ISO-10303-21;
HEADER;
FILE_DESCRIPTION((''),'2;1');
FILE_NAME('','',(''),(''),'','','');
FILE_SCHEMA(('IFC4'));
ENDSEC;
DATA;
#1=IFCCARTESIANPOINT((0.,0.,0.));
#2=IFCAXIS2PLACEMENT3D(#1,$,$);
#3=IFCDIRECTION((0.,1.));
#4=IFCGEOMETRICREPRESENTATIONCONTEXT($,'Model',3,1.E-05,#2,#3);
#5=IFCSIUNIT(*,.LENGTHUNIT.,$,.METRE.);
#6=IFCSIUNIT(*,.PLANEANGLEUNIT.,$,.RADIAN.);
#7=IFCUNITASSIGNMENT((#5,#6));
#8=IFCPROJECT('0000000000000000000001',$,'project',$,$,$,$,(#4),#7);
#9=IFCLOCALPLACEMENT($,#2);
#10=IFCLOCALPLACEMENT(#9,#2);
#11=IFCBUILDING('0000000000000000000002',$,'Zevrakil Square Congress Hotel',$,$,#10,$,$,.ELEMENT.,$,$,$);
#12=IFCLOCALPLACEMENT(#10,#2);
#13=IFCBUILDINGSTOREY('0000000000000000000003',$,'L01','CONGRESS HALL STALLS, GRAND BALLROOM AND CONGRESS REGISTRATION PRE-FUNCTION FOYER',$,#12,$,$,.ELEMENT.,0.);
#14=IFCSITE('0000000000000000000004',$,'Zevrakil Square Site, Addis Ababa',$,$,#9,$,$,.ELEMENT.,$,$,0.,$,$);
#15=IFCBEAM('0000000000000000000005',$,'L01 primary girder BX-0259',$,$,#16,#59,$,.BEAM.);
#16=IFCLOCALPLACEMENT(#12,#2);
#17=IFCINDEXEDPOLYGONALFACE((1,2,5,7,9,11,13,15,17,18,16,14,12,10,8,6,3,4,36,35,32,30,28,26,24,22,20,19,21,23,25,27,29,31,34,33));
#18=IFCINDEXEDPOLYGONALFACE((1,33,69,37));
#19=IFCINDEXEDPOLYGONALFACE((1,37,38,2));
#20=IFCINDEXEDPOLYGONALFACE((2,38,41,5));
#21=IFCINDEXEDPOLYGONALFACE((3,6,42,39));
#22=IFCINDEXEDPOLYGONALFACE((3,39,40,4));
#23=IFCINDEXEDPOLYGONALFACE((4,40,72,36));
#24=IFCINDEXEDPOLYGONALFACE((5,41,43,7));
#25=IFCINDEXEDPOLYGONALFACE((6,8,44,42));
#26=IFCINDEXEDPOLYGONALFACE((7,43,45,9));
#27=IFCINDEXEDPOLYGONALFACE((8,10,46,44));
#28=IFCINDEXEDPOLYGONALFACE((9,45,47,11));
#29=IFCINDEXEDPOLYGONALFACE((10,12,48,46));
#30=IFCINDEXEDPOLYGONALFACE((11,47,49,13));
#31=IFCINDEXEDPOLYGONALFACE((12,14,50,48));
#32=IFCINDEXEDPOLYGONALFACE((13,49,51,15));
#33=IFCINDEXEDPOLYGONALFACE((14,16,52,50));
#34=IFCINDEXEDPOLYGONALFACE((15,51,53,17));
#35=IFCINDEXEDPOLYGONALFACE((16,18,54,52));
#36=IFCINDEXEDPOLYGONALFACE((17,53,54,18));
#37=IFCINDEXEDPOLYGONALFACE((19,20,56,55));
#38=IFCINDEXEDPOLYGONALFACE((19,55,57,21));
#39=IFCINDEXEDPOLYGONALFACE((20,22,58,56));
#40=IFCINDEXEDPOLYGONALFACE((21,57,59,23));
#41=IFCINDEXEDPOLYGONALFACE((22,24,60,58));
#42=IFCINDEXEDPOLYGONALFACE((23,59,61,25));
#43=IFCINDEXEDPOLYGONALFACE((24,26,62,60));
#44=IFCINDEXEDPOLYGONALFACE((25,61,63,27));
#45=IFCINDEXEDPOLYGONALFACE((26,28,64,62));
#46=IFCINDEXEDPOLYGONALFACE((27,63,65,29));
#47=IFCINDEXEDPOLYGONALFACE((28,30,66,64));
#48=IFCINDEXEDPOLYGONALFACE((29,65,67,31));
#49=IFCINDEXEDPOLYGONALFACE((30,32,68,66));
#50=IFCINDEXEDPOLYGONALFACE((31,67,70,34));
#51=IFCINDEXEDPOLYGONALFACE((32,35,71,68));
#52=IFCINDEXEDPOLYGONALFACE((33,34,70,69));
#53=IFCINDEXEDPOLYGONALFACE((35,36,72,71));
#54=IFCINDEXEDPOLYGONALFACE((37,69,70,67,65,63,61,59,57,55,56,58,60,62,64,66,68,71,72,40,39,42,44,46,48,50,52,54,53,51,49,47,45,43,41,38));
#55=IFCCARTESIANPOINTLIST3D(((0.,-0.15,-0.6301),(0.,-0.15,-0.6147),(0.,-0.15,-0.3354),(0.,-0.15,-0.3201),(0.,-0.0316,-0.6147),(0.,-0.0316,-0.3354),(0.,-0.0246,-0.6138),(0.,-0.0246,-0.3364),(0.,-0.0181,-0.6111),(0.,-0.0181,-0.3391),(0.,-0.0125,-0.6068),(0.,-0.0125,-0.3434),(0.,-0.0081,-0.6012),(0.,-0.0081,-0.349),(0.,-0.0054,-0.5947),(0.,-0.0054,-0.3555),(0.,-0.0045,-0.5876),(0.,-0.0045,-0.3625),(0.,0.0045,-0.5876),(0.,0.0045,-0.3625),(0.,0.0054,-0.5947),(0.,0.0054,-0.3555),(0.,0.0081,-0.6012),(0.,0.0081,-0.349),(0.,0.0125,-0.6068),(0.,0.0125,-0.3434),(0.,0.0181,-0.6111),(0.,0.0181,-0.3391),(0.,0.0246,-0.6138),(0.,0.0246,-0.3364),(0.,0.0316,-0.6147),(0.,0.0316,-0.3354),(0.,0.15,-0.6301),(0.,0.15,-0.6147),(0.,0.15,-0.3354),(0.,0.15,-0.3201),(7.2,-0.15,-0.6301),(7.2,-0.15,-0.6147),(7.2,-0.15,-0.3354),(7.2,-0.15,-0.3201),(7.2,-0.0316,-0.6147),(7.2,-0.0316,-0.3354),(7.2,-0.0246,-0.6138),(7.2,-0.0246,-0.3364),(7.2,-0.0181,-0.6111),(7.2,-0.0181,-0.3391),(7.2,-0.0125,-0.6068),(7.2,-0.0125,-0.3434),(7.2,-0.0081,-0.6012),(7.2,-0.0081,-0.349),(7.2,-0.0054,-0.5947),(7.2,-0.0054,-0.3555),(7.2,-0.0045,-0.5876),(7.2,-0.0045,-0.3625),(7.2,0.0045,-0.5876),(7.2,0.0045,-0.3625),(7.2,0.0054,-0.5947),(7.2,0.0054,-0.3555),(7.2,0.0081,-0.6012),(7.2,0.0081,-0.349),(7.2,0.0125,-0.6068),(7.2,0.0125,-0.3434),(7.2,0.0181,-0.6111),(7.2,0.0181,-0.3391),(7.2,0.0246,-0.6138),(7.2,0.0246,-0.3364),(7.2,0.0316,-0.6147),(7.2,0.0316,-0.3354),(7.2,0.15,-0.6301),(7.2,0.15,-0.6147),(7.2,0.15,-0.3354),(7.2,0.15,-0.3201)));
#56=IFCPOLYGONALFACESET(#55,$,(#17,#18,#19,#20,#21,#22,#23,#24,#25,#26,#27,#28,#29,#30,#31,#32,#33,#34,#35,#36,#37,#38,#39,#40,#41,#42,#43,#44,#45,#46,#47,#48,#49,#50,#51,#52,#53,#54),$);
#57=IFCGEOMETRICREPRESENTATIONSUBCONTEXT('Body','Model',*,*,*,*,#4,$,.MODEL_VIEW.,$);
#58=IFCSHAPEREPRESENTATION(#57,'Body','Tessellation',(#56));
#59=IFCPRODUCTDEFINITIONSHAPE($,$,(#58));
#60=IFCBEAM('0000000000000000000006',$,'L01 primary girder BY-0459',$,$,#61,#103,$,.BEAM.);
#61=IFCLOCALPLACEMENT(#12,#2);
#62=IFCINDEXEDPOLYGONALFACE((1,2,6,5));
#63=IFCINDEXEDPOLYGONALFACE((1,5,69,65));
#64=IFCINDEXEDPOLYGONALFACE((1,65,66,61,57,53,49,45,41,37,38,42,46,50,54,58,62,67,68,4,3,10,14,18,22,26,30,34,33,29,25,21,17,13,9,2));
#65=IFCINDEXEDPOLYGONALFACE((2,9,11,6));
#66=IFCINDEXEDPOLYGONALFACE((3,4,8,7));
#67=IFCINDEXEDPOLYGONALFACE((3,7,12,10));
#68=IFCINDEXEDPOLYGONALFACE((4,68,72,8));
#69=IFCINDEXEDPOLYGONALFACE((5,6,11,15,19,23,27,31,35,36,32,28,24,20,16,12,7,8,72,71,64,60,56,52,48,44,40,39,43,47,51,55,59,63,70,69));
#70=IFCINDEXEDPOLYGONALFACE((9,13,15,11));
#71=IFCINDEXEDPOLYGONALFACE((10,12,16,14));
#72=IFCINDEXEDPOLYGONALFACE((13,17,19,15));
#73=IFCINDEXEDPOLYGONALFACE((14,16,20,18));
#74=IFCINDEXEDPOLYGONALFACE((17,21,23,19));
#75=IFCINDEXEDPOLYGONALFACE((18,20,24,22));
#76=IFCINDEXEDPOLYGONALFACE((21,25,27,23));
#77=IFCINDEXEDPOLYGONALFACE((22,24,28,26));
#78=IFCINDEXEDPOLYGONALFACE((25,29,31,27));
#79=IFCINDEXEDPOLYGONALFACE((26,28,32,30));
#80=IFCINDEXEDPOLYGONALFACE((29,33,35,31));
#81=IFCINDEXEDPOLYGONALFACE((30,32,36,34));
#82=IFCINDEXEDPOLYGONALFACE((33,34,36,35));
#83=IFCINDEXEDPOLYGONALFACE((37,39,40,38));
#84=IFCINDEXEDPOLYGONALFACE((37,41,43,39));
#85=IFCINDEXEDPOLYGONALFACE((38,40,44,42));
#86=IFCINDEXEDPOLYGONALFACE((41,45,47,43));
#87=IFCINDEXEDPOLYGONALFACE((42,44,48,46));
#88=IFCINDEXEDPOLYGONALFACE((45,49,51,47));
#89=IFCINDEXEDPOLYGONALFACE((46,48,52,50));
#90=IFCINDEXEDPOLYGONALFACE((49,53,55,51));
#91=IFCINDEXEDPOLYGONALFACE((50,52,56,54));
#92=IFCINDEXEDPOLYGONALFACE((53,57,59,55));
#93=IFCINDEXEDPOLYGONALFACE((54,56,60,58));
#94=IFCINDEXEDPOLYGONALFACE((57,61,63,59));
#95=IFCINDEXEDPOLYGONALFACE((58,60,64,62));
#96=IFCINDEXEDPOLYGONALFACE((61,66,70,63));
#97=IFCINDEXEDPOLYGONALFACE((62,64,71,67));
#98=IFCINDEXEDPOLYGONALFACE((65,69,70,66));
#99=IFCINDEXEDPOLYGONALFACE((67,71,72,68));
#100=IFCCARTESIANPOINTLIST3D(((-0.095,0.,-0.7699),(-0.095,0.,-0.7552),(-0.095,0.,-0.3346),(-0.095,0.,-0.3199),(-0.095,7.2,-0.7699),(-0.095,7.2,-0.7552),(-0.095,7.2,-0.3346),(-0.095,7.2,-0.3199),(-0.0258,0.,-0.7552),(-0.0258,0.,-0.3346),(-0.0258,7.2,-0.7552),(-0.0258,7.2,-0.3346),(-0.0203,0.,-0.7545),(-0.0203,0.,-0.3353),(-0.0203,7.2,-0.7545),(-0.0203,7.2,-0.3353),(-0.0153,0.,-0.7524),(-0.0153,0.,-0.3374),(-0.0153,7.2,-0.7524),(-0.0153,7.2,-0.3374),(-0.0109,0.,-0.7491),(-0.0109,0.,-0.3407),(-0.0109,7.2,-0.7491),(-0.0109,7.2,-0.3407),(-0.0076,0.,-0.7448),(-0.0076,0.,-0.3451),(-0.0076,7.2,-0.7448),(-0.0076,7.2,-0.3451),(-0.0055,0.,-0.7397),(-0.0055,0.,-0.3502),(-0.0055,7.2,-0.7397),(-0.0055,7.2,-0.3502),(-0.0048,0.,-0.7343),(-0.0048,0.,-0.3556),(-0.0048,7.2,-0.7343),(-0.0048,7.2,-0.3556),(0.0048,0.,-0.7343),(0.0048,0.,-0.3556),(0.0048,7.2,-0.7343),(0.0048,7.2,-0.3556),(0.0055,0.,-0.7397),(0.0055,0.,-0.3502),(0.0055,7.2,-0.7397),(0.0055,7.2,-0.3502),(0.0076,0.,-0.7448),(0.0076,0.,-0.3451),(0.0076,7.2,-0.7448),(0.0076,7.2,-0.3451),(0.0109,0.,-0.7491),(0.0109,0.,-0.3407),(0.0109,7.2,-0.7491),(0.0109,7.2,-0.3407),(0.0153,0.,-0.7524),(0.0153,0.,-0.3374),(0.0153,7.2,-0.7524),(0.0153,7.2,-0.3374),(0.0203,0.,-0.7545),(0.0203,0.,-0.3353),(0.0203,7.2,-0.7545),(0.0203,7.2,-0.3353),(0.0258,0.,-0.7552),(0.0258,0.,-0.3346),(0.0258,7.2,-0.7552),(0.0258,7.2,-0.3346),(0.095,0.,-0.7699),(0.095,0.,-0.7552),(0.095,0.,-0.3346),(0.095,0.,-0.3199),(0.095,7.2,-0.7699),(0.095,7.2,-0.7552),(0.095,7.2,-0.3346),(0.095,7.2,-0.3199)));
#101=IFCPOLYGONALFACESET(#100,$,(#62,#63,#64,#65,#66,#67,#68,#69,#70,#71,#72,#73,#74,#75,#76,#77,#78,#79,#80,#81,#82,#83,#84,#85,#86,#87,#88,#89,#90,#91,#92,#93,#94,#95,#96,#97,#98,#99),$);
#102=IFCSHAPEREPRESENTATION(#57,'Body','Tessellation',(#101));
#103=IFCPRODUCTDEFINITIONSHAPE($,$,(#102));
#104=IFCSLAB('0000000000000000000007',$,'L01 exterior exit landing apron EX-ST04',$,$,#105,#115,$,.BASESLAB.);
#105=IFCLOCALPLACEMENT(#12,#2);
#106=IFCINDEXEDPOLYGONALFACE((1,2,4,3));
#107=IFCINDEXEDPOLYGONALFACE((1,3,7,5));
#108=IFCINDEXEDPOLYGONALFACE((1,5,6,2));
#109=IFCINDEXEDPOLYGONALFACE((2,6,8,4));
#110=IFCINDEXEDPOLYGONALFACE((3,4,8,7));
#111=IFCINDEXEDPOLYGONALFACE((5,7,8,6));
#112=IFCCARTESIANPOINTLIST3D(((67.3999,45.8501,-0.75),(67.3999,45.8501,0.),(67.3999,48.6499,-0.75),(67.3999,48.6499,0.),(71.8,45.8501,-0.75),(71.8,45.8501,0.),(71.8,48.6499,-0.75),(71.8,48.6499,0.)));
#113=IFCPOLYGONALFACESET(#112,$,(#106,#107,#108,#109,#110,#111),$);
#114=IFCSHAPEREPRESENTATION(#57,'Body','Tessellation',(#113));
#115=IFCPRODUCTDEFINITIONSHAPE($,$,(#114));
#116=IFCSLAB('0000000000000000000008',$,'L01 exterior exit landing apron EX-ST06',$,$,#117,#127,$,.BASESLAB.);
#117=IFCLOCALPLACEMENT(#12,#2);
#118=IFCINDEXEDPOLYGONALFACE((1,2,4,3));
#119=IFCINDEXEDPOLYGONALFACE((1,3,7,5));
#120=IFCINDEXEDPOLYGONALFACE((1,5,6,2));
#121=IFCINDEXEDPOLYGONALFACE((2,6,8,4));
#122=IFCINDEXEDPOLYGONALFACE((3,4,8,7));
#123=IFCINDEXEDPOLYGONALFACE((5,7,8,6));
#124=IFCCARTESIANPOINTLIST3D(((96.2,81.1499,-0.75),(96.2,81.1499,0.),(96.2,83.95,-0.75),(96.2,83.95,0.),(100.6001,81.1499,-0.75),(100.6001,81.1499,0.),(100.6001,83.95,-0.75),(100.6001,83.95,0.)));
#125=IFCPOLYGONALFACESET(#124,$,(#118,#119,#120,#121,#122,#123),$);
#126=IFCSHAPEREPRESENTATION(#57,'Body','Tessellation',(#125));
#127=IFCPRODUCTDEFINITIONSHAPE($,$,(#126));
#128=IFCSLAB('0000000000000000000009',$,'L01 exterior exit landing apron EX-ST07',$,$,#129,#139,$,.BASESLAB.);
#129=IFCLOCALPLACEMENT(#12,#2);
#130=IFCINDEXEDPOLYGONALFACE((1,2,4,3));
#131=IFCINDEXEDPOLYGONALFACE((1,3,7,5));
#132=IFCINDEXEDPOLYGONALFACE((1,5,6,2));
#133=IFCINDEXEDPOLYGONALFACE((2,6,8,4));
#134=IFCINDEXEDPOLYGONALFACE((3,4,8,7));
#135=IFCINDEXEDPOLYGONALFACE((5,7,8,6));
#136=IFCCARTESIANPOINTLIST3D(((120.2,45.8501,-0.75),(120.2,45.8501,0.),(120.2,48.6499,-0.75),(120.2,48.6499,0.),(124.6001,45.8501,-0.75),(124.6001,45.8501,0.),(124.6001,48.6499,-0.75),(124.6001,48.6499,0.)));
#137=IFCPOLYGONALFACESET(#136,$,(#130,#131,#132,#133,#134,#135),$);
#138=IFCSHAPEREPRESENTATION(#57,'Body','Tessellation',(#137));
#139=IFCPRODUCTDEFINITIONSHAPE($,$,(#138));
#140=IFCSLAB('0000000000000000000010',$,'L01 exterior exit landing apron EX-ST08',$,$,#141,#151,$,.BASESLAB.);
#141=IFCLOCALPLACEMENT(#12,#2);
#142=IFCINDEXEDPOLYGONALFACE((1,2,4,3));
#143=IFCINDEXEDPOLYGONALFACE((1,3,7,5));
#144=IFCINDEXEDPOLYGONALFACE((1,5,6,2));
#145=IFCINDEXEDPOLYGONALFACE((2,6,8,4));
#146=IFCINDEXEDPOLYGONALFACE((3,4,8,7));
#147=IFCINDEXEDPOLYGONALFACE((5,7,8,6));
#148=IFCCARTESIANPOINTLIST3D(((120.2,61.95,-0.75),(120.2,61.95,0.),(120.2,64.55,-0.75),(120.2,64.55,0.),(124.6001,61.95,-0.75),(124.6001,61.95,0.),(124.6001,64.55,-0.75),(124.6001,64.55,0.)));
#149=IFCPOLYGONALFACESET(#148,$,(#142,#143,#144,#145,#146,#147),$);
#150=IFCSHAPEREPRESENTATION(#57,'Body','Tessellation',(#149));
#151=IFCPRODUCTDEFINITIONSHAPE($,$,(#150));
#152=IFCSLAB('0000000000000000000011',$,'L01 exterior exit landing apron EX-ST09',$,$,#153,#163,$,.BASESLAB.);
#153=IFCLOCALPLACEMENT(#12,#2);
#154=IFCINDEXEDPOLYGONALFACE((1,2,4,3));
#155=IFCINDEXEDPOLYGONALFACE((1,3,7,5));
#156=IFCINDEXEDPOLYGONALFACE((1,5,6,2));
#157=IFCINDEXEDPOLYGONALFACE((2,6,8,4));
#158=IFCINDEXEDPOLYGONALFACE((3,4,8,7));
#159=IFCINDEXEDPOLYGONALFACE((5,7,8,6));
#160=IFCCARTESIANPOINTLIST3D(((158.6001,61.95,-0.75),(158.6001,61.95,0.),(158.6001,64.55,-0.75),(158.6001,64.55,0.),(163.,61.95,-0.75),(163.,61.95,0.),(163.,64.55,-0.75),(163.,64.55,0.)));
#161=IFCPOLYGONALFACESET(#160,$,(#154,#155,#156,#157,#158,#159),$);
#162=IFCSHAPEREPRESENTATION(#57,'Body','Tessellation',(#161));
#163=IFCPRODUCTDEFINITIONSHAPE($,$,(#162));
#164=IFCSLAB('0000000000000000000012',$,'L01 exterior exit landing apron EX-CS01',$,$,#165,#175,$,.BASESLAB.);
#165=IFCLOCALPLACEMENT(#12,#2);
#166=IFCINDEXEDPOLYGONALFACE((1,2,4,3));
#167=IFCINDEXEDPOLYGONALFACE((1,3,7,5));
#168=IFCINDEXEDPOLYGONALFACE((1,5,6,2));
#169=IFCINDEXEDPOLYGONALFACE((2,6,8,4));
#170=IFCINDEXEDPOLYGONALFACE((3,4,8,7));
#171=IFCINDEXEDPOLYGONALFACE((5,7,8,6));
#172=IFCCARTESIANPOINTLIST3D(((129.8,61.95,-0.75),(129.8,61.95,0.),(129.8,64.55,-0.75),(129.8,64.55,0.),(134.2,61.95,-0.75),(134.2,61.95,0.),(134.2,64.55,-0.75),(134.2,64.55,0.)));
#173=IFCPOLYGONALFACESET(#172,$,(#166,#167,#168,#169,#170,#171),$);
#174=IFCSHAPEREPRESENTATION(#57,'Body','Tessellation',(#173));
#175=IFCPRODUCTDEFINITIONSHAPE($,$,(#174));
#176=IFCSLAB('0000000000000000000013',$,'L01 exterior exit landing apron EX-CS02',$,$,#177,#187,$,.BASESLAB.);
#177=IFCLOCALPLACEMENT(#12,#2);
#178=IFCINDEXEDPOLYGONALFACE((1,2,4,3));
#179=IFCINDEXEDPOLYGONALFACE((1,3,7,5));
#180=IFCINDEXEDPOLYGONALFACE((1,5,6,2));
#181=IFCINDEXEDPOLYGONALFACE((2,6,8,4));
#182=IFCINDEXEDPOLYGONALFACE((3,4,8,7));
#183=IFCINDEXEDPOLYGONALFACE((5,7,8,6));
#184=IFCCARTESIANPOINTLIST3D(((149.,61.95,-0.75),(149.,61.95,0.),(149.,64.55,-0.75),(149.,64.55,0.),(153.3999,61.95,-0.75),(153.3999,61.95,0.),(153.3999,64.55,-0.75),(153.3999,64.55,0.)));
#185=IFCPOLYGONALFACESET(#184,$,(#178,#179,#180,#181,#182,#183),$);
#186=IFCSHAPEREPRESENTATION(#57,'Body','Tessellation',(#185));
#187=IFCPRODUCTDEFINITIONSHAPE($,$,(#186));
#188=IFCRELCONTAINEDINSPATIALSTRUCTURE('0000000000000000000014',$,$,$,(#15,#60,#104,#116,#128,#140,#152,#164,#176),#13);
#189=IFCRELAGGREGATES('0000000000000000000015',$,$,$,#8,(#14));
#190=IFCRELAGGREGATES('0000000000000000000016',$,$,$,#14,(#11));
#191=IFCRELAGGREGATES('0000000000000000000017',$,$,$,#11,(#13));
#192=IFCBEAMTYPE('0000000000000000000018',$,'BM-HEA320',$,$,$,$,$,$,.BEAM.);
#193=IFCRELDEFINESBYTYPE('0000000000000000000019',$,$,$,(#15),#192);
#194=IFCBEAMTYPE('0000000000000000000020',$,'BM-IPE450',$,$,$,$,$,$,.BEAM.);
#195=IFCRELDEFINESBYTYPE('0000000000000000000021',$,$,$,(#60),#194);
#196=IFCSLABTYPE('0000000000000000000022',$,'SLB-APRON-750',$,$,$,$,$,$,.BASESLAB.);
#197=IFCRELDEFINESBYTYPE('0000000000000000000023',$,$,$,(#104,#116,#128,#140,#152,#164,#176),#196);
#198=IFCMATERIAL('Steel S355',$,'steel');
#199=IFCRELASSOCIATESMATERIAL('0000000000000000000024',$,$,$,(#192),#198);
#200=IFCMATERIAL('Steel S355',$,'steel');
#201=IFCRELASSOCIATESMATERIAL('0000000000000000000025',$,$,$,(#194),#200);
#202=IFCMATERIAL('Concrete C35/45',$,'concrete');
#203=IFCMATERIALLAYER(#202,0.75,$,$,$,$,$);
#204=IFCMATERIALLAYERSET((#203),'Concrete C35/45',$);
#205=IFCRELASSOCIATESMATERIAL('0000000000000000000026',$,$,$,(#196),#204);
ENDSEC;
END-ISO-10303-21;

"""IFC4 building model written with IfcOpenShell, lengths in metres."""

from ifc_helpers import new_model, si_unit, direction, frame, origin, origin_2d, place, context, subcontext, project, spatial, polyline, i_section, outline, extrude, material, layer, layer_set, material_profile, profile_set, type_object, element, save


model = new_model("IFC4")

# Units and contexts
model_context = context("Model", 3, precision=1e-05, world=origin(), true_north=direction((0.0, 1.0)))
body_context = subcontext(model_context, "Body", "Model", "MODEL_VIEW")
ifc_project = project(units=[si_unit("LENGTHUNIT", "METRE"), si_unit("PLANEANGLEUNIT", "RADIAN")], contexts=[model_context])

# Site, building, storey
site_placement = place(None, origin())
site = spatial("IfcSite", under=ifc_project, at=site_placement, Name="Zevrakil Square Site, Addis Ababa", CompositionType="ELEMENT", RefElevation=0.0)
building_placement = place(site_placement, origin())
building = spatial("IfcBuilding", under=site, at=building_placement, Name="Zevrakil Square Congress Hotel", CompositionType="ELEMENT")
storey_placement = place(building_placement, origin())
storey = spatial("IfcBuildingStorey", under=building, at=storey_placement, Name="L01", Description="CONGRESS HALL STALLS, GRAND BALLROOM AND CONGRESS REGISTRATION PRE-FUNCTION FOYER", CompositionType="ELEMENT", Elevation=0.0)

# Beams
ifc_material_1 = material(Name="Steel S355", Category="steel")
ifc_material_profile_1 = material_profile(ifc_material_1, i_section(OverallWidth=0.3, OverallDepth=0.3101, WebThickness=0.009, FlangeThickness=0.0154, FilletRadius=0.0271, at=origin_2d()), Name="HEA 320")
ifc_profile_set_1 = profile_set([ifc_material_profile_1], Name="Steel S355")
beam_type_1 = type_object("IfcBeamType", Name="BM-HEA320", PredefinedType="BEAM", material=ifc_profile_set_1)
beam_1_placement = place(storey_placement, frame((0.0, 0.0, -0.4751), z_axis=(1.0, 0.0, 0.0), x_axis=(0.0, 1.0, 0.0)))
element("IfcBeam", 1, at=beam_1_placement, inside=storey, type_object=beam_type_1, Name="L01 primary girder BX-0259", PredefinedType="BEAM", context=body_context, shape_type="SweptSolid", body=[
    extrude(i_section(OverallWidth=0.3, OverallDepth=0.3101, WebThickness=0.009, FlangeThickness=0.0154, FilletRadius=0.0271, at=origin_2d()), origin(), (0.0, 0.0, 1.0), 7.2),
])
ifc_material_2 = material(Name="Steel S355", Category="steel")
ifc_material_profile_2 = material_profile(ifc_material_2, i_section(OverallWidth=0.1899, OverallDepth=0.45, WebThickness=0.0095, FlangeThickness=0.0146, FilletRadius=0.021, at=origin_2d()), Name="IPE 450")
ifc_profile_set_2 = profile_set([ifc_material_profile_2], Name="Steel S355")
beam_type_2 = type_object("IfcBeamType", Name="BM-IPE450", PredefinedType="BEAM", material=ifc_profile_set_2)
beam_2_placement = place(storey_placement, frame((0.0, 0.0, -0.5449), z_axis=(0.0, 1.0, 0.0), x_axis=(-1.0, 0.0, 0.0)))
element("IfcBeam", 2, at=beam_2_placement, inside=storey, type_object=beam_type_2, Name="L01 primary girder BY-0459", PredefinedType="BEAM", context=body_context, shape_type="SweptSolid", body=[
    extrude(i_section(OverallWidth=0.1899, OverallDepth=0.45, WebThickness=0.0095, FlangeThickness=0.0146, FilletRadius=0.021, at=origin_2d()), origin(), (0.0, 0.0, 1.0), 7.2),
])

# Slabs
ifc_material_3 = material(Name="Concrete C35/45", Category="concrete")
ifc_layer_1 = layer(ifc_material_3, 0.75)
ifc_layer_set_1 = layer_set([ifc_layer_1], Name="Concrete C35/45")
slab_type_1 = type_object("IfcSlabType", Name="SLB-APRON-750", PredefinedType="BASESLAB", material=ifc_layer_set_1)
slab_1_placement = place(storey_placement, frame((0.0, 0.0, -0.75)))
element("IfcSlab", 3, at=slab_1_placement, inside=storey, type_object=slab_type_1, Name="L01 exterior exit landing apron EX-ST04", PredefinedType="BASESLAB", context=body_context, shape_type="SweptSolid", body=[
    extrude(outline(polyline([(67.3999, 45.8501), (71.8, 45.8501), (71.8, 48.6499), (67.3999, 48.6499), (67.3999, 45.8501)])), origin(), (0.0, 0.0, 1.0), 0.75),
])
slab_2_placement = place(storey_placement, frame((0.0, 0.0, -0.75)))
element("IfcSlab", 4, at=slab_2_placement, inside=storey, type_object=slab_type_1, Name="L01 exterior exit landing apron EX-ST06", PredefinedType="BASESLAB", context=body_context, shape_type="SweptSolid", body=[
    extrude(outline(polyline([(96.2, 81.1499), (100.6001, 81.1499), (100.6001, 83.95), (96.2, 83.95), (96.2, 81.1499)])), origin(), (0.0, 0.0, 1.0), 0.75),
])
slab_3_placement = place(storey_placement, frame((0.0, 0.0, -0.75)))
element("IfcSlab", 5, at=slab_3_placement, inside=storey, type_object=slab_type_1, Name="L01 exterior exit landing apron EX-ST07", PredefinedType="BASESLAB", context=body_context, shape_type="SweptSolid", body=[
    extrude(outline(polyline([(120.2, 45.8501), (124.6001, 45.8501), (124.6001, 48.6499), (120.2, 48.6499), (120.2, 45.8501)])), origin(), (0.0, 0.0, 1.0), 0.75),
])
slab_4_placement = place(storey_placement, frame((0.0, 0.0, -0.75)))
element("IfcSlab", 6, at=slab_4_placement, inside=storey, type_object=slab_type_1, Name="L01 exterior exit landing apron EX-ST08", PredefinedType="BASESLAB", context=body_context, shape_type="SweptSolid", body=[
    extrude(outline(polyline([(120.2, 61.95), (124.6001, 61.95), (124.6001, 64.55), (120.2, 64.55), (120.2, 61.95)])), origin(), (0.0, 0.0, 1.0), 0.75),
])
slab_5_placement = place(storey_placement, frame((0.0, 0.0, -0.75)))
element("IfcSlab", 7, at=slab_5_placement, inside=storey, type_object=slab_type_1, Name="L01 exterior exit landing apron EX-ST09", PredefinedType="BASESLAB", context=body_context, shape_type="SweptSolid", body=[
    extrude(outline(polyline([(158.6001, 61.95), (163.0, 61.95), (163.0, 64.55), (158.6001, 64.55), (158.6001, 61.95)])), origin(), (0.0, 0.0, 1.0), 0.75),
])
slab_6_placement = place(storey_placement, frame((0.0, 0.0, -0.75)))
element("IfcSlab", 8, at=slab_6_placement, inside=storey, type_object=slab_type_1, Name="L01 exterior exit landing apron EX-CS01", PredefinedType="BASESLAB", context=body_context, shape_type="SweptSolid", body=[
    extrude(outline(polyline([(129.8, 61.95), (134.2, 61.95), (134.2, 64.55), (129.8, 64.55), (129.8, 61.95)])), origin(), (0.0, 0.0, 1.0), 0.75),
])
slab_7_placement = place(storey_placement, frame((0.0, 0.0, -0.75)))
element("IfcSlab", 9, at=slab_7_placement, inside=storey, type_object=slab_type_1, Name="L01 exterior exit landing apron EX-CS02", PredefinedType="BASESLAB", context=body_context, shape_type="SweptSolid", body=[
    extrude(outline(polyline([(149.0, 61.95), (153.3999, 61.95), (153.3999, 64.55), (149.0, 64.55), (149.0, 61.95)])), origin(), (0.0, 0.0, 1.0), 0.75),
])

save(model, "model.ifc")
